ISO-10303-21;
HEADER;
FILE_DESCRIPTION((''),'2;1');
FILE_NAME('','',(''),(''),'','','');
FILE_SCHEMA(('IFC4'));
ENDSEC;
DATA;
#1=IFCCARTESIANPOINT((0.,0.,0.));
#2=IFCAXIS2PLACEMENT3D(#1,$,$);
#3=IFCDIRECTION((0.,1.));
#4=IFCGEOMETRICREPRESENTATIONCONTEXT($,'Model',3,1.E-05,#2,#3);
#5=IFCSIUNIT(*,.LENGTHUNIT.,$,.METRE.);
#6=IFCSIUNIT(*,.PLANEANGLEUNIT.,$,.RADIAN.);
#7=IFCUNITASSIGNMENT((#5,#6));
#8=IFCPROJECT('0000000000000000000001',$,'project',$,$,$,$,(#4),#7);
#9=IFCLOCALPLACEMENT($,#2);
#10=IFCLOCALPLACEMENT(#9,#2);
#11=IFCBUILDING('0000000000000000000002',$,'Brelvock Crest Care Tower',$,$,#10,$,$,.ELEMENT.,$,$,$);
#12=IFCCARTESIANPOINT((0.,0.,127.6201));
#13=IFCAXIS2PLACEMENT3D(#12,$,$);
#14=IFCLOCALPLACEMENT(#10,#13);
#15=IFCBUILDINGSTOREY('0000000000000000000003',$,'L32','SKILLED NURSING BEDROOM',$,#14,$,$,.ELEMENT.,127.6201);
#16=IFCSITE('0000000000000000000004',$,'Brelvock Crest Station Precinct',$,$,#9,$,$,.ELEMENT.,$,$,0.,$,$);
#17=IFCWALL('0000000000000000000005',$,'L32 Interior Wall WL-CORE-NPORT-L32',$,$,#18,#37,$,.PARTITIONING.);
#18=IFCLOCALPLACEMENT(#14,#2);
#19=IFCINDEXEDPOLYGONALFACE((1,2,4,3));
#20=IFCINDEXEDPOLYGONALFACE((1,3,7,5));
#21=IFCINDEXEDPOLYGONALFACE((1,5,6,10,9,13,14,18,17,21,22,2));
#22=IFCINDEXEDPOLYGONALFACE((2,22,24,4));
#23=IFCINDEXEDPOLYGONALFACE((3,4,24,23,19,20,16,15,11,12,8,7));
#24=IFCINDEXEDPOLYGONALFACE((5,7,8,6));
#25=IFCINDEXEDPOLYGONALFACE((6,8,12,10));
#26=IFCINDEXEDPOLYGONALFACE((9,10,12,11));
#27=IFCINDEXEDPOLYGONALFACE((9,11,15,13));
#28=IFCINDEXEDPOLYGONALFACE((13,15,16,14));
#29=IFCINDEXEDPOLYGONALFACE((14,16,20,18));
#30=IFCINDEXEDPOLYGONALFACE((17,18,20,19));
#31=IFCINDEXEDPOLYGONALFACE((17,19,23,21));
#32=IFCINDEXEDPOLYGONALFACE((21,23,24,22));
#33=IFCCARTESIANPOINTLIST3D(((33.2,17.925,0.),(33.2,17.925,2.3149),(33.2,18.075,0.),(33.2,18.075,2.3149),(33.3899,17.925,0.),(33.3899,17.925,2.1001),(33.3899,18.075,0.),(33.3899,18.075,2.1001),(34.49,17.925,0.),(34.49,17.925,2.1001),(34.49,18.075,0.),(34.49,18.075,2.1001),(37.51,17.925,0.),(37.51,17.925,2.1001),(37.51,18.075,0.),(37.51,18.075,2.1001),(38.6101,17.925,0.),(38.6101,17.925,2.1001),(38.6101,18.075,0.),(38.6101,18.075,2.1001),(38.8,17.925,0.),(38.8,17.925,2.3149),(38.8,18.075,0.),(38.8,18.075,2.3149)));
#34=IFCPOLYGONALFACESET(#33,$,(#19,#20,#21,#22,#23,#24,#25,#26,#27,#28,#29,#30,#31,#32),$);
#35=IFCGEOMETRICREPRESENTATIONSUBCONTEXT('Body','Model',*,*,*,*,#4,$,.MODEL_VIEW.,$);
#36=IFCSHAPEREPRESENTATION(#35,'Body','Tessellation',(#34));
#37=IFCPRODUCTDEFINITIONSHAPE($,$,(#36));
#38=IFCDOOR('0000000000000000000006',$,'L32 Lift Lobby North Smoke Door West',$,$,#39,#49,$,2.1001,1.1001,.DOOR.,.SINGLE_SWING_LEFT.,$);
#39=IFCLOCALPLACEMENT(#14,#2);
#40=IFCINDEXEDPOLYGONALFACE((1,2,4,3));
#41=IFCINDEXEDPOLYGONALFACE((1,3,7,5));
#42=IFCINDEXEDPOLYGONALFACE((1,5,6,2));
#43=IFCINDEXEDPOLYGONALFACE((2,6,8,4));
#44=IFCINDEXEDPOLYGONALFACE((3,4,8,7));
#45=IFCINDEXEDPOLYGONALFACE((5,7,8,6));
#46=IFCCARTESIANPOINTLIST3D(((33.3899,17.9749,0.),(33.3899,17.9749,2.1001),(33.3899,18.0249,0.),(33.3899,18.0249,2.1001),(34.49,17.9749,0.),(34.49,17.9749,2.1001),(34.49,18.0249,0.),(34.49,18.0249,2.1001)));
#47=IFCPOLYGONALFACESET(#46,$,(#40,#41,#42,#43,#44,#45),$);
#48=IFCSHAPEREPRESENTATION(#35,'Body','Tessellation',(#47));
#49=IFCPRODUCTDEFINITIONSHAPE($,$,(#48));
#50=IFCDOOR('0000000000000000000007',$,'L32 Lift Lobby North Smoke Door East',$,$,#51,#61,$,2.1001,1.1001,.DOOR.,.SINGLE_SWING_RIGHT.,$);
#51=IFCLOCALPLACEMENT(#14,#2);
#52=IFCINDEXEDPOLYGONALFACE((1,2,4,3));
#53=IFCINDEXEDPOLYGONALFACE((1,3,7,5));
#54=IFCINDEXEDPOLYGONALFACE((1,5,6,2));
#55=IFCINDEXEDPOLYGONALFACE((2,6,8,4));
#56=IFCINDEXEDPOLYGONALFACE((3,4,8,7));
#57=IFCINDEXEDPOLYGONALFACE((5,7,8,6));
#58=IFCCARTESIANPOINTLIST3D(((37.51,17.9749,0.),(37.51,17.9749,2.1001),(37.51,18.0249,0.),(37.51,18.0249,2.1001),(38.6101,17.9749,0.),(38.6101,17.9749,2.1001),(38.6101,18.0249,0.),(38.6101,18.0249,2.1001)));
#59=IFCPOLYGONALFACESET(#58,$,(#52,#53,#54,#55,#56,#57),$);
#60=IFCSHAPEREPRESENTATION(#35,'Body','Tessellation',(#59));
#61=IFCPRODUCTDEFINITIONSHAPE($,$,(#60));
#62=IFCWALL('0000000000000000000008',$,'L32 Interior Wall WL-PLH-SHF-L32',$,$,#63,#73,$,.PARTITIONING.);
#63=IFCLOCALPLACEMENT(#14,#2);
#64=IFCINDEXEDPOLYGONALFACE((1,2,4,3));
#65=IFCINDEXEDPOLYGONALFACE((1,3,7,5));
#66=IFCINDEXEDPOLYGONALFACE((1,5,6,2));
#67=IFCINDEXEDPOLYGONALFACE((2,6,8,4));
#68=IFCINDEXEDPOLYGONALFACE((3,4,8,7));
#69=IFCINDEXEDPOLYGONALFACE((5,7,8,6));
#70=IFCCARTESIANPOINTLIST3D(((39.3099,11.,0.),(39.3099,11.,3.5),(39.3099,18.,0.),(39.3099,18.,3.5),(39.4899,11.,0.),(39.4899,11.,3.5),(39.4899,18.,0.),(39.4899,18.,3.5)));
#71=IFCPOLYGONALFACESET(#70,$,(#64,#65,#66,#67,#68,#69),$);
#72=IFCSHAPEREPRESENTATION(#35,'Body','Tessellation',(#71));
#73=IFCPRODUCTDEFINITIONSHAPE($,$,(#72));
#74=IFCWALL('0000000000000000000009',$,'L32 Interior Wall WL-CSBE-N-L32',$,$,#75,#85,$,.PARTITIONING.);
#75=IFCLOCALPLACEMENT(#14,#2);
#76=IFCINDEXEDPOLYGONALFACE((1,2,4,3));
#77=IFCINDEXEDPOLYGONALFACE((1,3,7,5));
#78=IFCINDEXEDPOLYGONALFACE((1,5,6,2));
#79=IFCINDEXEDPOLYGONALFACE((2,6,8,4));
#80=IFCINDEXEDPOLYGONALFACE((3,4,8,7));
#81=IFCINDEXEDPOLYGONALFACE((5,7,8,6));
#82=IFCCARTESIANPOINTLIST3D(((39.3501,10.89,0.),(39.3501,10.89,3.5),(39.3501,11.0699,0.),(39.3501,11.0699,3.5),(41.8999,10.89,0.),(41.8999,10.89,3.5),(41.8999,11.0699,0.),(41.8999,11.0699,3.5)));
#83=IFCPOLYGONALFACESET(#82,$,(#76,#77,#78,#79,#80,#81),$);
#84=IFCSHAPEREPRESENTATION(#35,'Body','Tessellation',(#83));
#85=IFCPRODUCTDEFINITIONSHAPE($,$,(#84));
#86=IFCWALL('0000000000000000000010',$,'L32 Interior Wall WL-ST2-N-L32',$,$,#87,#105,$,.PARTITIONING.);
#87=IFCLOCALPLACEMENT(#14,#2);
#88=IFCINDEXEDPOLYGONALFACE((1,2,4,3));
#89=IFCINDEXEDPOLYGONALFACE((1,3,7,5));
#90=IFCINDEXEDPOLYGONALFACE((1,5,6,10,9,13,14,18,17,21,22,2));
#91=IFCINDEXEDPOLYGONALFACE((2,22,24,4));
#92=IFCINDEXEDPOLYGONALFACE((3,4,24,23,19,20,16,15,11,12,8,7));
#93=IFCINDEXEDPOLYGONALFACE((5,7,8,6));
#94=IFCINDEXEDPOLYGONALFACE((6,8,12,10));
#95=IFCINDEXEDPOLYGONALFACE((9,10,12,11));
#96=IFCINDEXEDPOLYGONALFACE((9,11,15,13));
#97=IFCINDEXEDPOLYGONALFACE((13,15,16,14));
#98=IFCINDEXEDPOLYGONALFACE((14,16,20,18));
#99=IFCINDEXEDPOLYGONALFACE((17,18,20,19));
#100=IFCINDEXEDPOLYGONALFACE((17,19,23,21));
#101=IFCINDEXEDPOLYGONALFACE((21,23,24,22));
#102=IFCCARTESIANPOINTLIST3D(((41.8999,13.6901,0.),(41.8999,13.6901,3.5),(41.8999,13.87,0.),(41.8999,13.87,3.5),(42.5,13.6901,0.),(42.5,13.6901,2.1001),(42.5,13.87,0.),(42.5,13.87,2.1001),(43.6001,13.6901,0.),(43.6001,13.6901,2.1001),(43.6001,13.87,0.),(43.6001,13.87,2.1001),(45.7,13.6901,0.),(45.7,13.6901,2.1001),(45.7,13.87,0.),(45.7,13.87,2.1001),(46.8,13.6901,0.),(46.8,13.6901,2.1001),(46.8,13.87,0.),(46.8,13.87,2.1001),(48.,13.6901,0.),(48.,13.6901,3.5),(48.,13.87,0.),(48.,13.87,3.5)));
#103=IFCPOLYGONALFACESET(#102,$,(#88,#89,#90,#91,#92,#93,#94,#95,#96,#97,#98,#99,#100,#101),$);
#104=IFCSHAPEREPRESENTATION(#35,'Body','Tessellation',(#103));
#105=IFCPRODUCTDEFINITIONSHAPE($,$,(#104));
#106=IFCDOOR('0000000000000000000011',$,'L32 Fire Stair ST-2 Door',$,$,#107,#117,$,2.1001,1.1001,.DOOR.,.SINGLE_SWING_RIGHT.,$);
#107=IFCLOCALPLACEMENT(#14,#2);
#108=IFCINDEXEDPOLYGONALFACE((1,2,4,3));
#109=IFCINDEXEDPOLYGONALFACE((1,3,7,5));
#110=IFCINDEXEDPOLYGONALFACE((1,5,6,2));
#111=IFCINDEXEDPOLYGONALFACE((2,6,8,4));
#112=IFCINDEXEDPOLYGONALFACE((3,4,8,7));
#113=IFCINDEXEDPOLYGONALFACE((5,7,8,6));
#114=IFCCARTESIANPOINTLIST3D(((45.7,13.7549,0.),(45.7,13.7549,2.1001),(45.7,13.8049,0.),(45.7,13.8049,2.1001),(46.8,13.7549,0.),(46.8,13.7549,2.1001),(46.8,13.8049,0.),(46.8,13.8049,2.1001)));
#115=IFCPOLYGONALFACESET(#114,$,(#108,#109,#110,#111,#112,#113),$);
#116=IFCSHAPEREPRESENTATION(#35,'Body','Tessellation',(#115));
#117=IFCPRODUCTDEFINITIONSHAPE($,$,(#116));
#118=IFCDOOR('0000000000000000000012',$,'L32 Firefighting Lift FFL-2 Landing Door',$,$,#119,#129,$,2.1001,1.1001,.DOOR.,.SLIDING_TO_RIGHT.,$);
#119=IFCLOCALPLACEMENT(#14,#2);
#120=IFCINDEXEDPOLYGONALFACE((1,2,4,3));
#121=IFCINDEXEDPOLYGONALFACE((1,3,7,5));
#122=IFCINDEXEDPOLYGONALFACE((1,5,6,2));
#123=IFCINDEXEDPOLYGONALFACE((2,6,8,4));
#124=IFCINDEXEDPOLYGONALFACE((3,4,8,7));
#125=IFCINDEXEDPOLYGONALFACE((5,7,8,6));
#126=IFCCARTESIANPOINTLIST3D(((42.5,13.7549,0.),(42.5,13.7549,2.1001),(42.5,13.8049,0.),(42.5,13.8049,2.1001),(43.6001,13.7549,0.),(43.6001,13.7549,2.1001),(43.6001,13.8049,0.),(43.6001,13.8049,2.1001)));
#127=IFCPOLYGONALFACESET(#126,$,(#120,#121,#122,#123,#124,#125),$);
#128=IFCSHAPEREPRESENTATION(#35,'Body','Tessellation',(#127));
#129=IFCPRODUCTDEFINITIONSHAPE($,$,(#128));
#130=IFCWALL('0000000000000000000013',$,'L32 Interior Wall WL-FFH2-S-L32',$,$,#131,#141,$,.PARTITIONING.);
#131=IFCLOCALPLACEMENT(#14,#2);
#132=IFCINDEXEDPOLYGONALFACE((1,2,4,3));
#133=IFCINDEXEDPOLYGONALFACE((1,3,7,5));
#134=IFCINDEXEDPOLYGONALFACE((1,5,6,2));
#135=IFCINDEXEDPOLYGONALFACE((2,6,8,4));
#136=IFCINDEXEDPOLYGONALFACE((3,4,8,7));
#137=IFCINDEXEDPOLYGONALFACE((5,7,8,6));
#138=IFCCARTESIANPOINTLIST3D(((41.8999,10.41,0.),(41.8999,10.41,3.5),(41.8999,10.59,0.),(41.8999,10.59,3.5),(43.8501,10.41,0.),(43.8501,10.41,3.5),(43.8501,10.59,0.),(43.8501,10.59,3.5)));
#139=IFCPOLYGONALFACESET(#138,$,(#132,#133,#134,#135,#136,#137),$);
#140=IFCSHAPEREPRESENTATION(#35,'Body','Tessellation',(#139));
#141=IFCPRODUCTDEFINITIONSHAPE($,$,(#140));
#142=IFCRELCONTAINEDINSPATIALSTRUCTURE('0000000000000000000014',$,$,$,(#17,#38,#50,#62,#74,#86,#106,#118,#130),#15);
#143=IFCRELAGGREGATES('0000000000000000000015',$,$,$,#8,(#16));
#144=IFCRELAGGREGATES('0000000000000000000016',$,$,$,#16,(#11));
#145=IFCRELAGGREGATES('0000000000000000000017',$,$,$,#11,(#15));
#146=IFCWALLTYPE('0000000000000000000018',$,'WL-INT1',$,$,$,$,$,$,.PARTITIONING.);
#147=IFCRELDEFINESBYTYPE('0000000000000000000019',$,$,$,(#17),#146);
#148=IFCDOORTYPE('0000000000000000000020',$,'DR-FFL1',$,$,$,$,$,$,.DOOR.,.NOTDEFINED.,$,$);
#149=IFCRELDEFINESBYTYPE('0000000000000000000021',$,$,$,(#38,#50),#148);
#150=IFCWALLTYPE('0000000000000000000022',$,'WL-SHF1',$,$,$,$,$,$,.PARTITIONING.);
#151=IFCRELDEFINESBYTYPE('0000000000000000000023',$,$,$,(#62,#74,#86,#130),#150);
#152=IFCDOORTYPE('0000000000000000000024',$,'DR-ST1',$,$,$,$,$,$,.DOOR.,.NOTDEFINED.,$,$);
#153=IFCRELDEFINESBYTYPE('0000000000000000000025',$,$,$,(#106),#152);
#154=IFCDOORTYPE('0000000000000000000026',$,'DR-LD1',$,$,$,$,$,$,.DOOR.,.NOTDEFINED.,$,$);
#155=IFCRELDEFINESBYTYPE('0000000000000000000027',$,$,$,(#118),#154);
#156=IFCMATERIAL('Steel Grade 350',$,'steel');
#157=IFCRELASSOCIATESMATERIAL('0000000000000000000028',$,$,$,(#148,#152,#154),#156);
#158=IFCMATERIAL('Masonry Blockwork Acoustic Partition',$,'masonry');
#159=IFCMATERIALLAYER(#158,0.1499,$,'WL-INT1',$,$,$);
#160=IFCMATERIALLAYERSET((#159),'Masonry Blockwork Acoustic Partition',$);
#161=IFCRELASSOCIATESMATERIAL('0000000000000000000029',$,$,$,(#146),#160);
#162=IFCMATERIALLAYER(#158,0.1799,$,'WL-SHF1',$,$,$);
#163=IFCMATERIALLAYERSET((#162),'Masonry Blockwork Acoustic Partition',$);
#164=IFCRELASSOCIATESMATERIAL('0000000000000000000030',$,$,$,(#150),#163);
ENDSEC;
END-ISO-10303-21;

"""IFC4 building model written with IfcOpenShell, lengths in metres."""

from ifc_helpers import new_model, si_unit, direction, frame, frame_2d, origin, origin_2d, place, context, subcontext, project, spatial, rectangle, extrude, source, transform, mapped, material, layer, layer_set, type_object, element, fill, save


model = new_model("IFC4")

# Units and contexts
model_context = context("Model", 3, precision=1e-05, world=origin(), true_north=direction((0.0, 1.0)))
body_context = subcontext(model_context, "Body", "Model", "MODEL_VIEW")
ifc_project = project(units=[si_unit("LENGTHUNIT", "METRE"), si_unit("PLANEANGLEUNIT", "RADIAN")], contexts=[model_context])

# Site, building, storey
site_placement = place(None, origin())
site = spatial("IfcSite", under=ifc_project, at=site_placement, Name="Brelvock Crest Station Precinct", CompositionType="ELEMENT", RefElevation=0.0)
building_placement = place(site_placement, origin())
building = spatial("IfcBuilding", under=site, at=building_placement, Name="Brelvock Crest Care Tower", CompositionType="ELEMENT")
storey_placement = place(building_placement, frame((0.0, 0.0, 127.6201)))
storey = spatial("IfcBuildingStorey", under=building, at=storey_placement, Name="L32", Description="SKILLED NURSING BEDROOM", CompositionType="ELEMENT", Elevation=127.6201)

# Shared definitions
ifc_material_1 = material(Name="Steel Grade 350", Category="steel")

# Shared definitions
door_type_1 = type_object("IfcDoorType", Name="DR-FFL1", OperationType="NOTDEFINED", PredefinedType="DOOR", material=ifc_material_1)
shared_shape_1 = source(origin(), body_context, "Body", "SweptSolid", [
    extrude(rectangle(XDim=1.1001, YDim=2.1001, at=origin_2d()), frame((0.55, 0.0249, 1.05), z_axis=(0.0, -1.0, 0.0), x_axis=(1.0, 0.0, 0.0)), (0.0, 0.0, 1.0), 0.05),
])
ifc_material_2 = material(Name="Masonry Blockwork Acoustic Partition", Category="masonry")
ifc_layer_1 = layer(ifc_material_2, 0.1499, Name="WL-INT1")
ifc_layer_set_1 = layer_set([ifc_layer_1], Name="Masonry Blockwork Acoustic Partition")
wall_type_1 = type_object("IfcWallType", Name="WL-INT1", PredefinedType="PARTITIONING", material=ifc_layer_set_1)

# Wall, openings, doors
wall_1_placement = place(storey_placement, frame((33.2, 18.0, 0.0), z_axis=(0.0, 0.0, 1.0), x_axis=(1.0, 0.0, 0.0)))
wall_1 = element("IfcWall", 1, at=wall_1_placement, inside=storey, type_object=wall_type_1, Name="L32 Interior Wall WL-CORE-NPORT-L32", PredefinedType="PARTITIONING", context=body_context, shape_type="SweptSolid", body=[
    extrude(rectangle(XDim=5.6001, YDim=0.1499, at=frame_2d((2.8, 0.0))), origin(), (0.0, 0.0, 1.0), 2.3149),
])
opening_1_placement = place(wall_1_placement, frame((0.1899, 0.0, 0.0)))
opening_1 = element("IfcOpeningElement", 2, at=opening_1_placement, cuts=wall_1, PredefinedType="OPENING", context=body_context, shape_type="SweptSolid", body=[
    extrude(rectangle(XDim=1.1001, YDim=2.1001, at=origin_2d()), frame((0.55, 0.085, 1.05), z_axis=(0.0, -1.0, 0.0), x_axis=(1.0, 0.0, 0.0)), (0.0, 0.0, 1.0), 0.1699),
])
opening_2_placement = place(wall_1_placement, frame((4.3101, 0.0, 0.0)))
opening_2 = element("IfcOpeningElement", 3, at=opening_2_placement, cuts=wall_1, PredefinedType="OPENING", context=body_context, shape_type="SweptSolid", body=[
    extrude(rectangle(XDim=1.1001, YDim=2.1001, at=origin_2d()), frame((0.55, 0.085, 1.05), z_axis=(0.0, -1.0, 0.0), x_axis=(1.0, 0.0, 0.0)), (0.0, 0.0, 1.0), 0.1699),
])
door_1_placement = place(opening_1_placement, origin())
door_1 = element("IfcDoor", 4, at=door_1_placement, inside=storey, type_object=door_type_1, Name="L32 Lift Lobby North Smoke Door West", OperationType="SINGLE_SWING_LEFT", OverallHeight=2.1001, OverallWidth=1.1001, PredefinedType="DOOR", context=body_context, shape_type="MappedRepresentation", body=[
    mapped(shared_shape_1, transform((0.0, 0.0, 0.0), x_axis=(1.0, 0.0, 0.0), y_axis=(0.0, 1.0, 0.0), z_axis=(0.0, 0.0, 1.0), scale=1.0)),
])
fill(opening_1, door_1)
door_2_placement = place(opening_2_placement, origin())
door_2 = element("IfcDoor", 5, at=door_2_placement, inside=storey, type_object=door_type_1, Name="L32 Lift Lobby North Smoke Door East", OperationType="SINGLE_SWING_RIGHT", OverallHeight=2.1001, OverallWidth=1.1001, PredefinedType="DOOR", context=body_context, shape_type="MappedRepresentation", body=[
    mapped(shared_shape_1, transform((0.0, 0.0, 0.0), x_axis=(1.0, 0.0, 0.0), y_axis=(0.0, 1.0, 0.0), z_axis=(0.0, 0.0, 1.0), scale=1.0)),
])
fill(opening_2, door_2)

# Walls
ifc_layer_2 = layer(ifc_material_2, 0.1799, Name="WL-SHF1")
ifc_layer_set_2 = layer_set([ifc_layer_2], Name="Masonry Blockwork Acoustic Partition")
wall_type_2 = type_object("IfcWallType", Name="WL-SHF1", PredefinedType="PARTITIONING", material=ifc_layer_set_2)
wall_2_placement = place(storey_placement, frame((39.3999, 11.0, 0.0), z_axis=(0.0, 0.0, 1.0), x_axis=(0.0, 1.0, 0.0)))
element("IfcWall", 6, at=wall_2_placement, inside=storey, type_object=wall_type_2, Name="L32 Interior Wall WL-PLH-SHF-L32", PredefinedType="PARTITIONING", context=body_context, shape_type="SweptSolid", body=[
    extrude(rectangle(XDim=7.0, YDim=0.1799, at=frame_2d((3.5, 0.0))), origin(), (0.0, 0.0, 1.0), 3.5),
])
wall_3_placement = place(storey_placement, frame((39.3501, 10.98, 0.0), z_axis=(0.0, 0.0, 1.0), x_axis=(1.0, 0.0, 0.0)))
element("IfcWall", 7, at=wall_3_placement, inside=storey, type_object=wall_type_2, Name="L32 Interior Wall WL-CSBE-N-L32", PredefinedType="PARTITIONING", context=body_context, shape_type="SweptSolid", body=[
    extrude(rectangle(XDim=2.5498, YDim=0.1799, at=frame_2d((1.2749, 0.0))), origin(), (0.0, 0.0, 1.0), 3.5),
])

# Wall, openings, doors
wall_4_placement = place(storey_placement, frame((41.8999, 13.78, 0.0), z_axis=(0.0, 0.0, 1.0), x_axis=(1.0, 0.0, 0.0)))
wall_4 = element("IfcWall", 8, at=wall_4_placement, inside=storey, type_object=wall_type_2, Name="L32 Interior Wall WL-ST2-N-L32", PredefinedType="PARTITIONING", context=body_context, shape_type="SweptSolid", body=[
    extrude(rectangle(XDim=6.1001, YDim=0.1799, at=frame_2d((3.05, 0.0))), origin(), (0.0, 0.0, 1.0), 3.5),
])
opening_3_placement = place(wall_4_placement, frame((0.6001, 0.0, 0.0)))
opening_3 = element("IfcOpeningElement", 9, at=opening_3_placement, cuts=wall_4, PredefinedType="OPENING", context=body_context, shape_type="SweptSolid", body=[
    extrude(rectangle(XDim=1.1001, YDim=2.1001, at=origin_2d()), frame((0.55, 0.1001, 1.05), z_axis=(0.0, -1.0, 0.0), x_axis=(1.0, 0.0, 0.0)), (0.0, 0.0, 1.0), 0.2),
])
opening_4_placement = place(wall_4_placement, frame((3.8, 0.0, 0.0)))
opening_4 = element("IfcOpeningElement", 10, at=opening_4_placement, cuts=wall_4, PredefinedType="OPENING", context=body_context, shape_type="SweptSolid", body=[
    extrude(rectangle(XDim=1.1001, YDim=2.1001, at=origin_2d()), frame((0.55, 0.1001, 1.05), z_axis=(0.0, -1.0, 0.0), x_axis=(1.0, 0.0, 0.0)), (0.0, 0.0, 1.0), 0.2),
])
door_type_2 = type_object("IfcDoorType", Name="DR-ST1", OperationType="NOTDEFINED", PredefinedType="DOOR", material=ifc_material_1)
shared_shape_2 = source(origin(), body_context, "Body", "SweptSolid", [
    extrude(rectangle(XDim=1.1001, YDim=2.1001, at=origin_2d()), frame((0.55, 0.0249, 1.05), z_axis=(0.0, -1.0, 0.0), x_axis=(1.0, 0.0, 0.0)), (0.0, 0.0, 1.0), 0.05),
])
door_3_placement = place(opening_4_placement, origin())
door_3 = element("IfcDoor", 11, at=door_3_placement, inside=storey, type_object=door_type_2, Name="L32 Fire Stair ST-2 Door", OperationType="SINGLE_SWING_RIGHT", OverallHeight=2.1001, OverallWidth=1.1001, PredefinedType="DOOR", context=body_context, shape_type="MappedRepresentation", body=[
    mapped(shared_shape_2, transform((0.0, 0.0, 0.0), x_axis=(1.0, 0.0, 0.0), y_axis=(0.0, 1.0, 0.0), z_axis=(0.0, 0.0, 1.0), scale=1.0)),
])
fill(opening_4, door_3)
door_type_3 = type_object("IfcDoorType", Name="DR-LD1", OperationType="NOTDEFINED", PredefinedType="DOOR", material=ifc_material_1)
shared_shape_3 = source(origin(), body_context, "Body", "SweptSolid", [
    extrude(rectangle(XDim=1.1001, YDim=2.1001, at=origin_2d()), frame((0.55, 0.0249, 1.05), z_axis=(0.0, -1.0, 0.0), x_axis=(1.0, 0.0, 0.0)), (0.0, 0.0, 1.0), 0.05),
])
door_4_placement = place(opening_3_placement, origin())
door_4 = element("IfcDoor", 12, at=door_4_placement, inside=storey, type_object=door_type_3, Name="L32 Firefighting Lift FFL-2 Landing Door", OperationType="SLIDING_TO_RIGHT", OverallHeight=2.1001, OverallWidth=1.1001, PredefinedType="DOOR", context=body_context, shape_type="MappedRepresentation", body=[
    mapped(shared_shape_3, transform((0.0, 0.0, 0.0), x_axis=(1.0, 0.0, 0.0), y_axis=(0.0, 1.0, 0.0), z_axis=(0.0, 0.0, 1.0), scale=1.0)),
])
fill(opening_3, door_4)

# Wall
wall_5_placement = place(storey_placement, frame((41.8999, 10.5, 0.0), z_axis=(0.0, 0.0, 1.0), x_axis=(1.0, 0.0, 0.0)))
element("IfcWall", 13, at=wall_5_placement, inside=storey, type_object=wall_type_2, Name="L32 Interior Wall WL-FFH2-S-L32", PredefinedType="PARTITIONING", context=body_context, shape_type="SweptSolid", body=[
    extrude(rectangle(XDim=1.9502, YDim=0.1799, at=frame_2d((0.9751, 0.0))), origin(), (0.0, 0.0, 1.0), 3.5),
])

save(model, "model.ifc")
